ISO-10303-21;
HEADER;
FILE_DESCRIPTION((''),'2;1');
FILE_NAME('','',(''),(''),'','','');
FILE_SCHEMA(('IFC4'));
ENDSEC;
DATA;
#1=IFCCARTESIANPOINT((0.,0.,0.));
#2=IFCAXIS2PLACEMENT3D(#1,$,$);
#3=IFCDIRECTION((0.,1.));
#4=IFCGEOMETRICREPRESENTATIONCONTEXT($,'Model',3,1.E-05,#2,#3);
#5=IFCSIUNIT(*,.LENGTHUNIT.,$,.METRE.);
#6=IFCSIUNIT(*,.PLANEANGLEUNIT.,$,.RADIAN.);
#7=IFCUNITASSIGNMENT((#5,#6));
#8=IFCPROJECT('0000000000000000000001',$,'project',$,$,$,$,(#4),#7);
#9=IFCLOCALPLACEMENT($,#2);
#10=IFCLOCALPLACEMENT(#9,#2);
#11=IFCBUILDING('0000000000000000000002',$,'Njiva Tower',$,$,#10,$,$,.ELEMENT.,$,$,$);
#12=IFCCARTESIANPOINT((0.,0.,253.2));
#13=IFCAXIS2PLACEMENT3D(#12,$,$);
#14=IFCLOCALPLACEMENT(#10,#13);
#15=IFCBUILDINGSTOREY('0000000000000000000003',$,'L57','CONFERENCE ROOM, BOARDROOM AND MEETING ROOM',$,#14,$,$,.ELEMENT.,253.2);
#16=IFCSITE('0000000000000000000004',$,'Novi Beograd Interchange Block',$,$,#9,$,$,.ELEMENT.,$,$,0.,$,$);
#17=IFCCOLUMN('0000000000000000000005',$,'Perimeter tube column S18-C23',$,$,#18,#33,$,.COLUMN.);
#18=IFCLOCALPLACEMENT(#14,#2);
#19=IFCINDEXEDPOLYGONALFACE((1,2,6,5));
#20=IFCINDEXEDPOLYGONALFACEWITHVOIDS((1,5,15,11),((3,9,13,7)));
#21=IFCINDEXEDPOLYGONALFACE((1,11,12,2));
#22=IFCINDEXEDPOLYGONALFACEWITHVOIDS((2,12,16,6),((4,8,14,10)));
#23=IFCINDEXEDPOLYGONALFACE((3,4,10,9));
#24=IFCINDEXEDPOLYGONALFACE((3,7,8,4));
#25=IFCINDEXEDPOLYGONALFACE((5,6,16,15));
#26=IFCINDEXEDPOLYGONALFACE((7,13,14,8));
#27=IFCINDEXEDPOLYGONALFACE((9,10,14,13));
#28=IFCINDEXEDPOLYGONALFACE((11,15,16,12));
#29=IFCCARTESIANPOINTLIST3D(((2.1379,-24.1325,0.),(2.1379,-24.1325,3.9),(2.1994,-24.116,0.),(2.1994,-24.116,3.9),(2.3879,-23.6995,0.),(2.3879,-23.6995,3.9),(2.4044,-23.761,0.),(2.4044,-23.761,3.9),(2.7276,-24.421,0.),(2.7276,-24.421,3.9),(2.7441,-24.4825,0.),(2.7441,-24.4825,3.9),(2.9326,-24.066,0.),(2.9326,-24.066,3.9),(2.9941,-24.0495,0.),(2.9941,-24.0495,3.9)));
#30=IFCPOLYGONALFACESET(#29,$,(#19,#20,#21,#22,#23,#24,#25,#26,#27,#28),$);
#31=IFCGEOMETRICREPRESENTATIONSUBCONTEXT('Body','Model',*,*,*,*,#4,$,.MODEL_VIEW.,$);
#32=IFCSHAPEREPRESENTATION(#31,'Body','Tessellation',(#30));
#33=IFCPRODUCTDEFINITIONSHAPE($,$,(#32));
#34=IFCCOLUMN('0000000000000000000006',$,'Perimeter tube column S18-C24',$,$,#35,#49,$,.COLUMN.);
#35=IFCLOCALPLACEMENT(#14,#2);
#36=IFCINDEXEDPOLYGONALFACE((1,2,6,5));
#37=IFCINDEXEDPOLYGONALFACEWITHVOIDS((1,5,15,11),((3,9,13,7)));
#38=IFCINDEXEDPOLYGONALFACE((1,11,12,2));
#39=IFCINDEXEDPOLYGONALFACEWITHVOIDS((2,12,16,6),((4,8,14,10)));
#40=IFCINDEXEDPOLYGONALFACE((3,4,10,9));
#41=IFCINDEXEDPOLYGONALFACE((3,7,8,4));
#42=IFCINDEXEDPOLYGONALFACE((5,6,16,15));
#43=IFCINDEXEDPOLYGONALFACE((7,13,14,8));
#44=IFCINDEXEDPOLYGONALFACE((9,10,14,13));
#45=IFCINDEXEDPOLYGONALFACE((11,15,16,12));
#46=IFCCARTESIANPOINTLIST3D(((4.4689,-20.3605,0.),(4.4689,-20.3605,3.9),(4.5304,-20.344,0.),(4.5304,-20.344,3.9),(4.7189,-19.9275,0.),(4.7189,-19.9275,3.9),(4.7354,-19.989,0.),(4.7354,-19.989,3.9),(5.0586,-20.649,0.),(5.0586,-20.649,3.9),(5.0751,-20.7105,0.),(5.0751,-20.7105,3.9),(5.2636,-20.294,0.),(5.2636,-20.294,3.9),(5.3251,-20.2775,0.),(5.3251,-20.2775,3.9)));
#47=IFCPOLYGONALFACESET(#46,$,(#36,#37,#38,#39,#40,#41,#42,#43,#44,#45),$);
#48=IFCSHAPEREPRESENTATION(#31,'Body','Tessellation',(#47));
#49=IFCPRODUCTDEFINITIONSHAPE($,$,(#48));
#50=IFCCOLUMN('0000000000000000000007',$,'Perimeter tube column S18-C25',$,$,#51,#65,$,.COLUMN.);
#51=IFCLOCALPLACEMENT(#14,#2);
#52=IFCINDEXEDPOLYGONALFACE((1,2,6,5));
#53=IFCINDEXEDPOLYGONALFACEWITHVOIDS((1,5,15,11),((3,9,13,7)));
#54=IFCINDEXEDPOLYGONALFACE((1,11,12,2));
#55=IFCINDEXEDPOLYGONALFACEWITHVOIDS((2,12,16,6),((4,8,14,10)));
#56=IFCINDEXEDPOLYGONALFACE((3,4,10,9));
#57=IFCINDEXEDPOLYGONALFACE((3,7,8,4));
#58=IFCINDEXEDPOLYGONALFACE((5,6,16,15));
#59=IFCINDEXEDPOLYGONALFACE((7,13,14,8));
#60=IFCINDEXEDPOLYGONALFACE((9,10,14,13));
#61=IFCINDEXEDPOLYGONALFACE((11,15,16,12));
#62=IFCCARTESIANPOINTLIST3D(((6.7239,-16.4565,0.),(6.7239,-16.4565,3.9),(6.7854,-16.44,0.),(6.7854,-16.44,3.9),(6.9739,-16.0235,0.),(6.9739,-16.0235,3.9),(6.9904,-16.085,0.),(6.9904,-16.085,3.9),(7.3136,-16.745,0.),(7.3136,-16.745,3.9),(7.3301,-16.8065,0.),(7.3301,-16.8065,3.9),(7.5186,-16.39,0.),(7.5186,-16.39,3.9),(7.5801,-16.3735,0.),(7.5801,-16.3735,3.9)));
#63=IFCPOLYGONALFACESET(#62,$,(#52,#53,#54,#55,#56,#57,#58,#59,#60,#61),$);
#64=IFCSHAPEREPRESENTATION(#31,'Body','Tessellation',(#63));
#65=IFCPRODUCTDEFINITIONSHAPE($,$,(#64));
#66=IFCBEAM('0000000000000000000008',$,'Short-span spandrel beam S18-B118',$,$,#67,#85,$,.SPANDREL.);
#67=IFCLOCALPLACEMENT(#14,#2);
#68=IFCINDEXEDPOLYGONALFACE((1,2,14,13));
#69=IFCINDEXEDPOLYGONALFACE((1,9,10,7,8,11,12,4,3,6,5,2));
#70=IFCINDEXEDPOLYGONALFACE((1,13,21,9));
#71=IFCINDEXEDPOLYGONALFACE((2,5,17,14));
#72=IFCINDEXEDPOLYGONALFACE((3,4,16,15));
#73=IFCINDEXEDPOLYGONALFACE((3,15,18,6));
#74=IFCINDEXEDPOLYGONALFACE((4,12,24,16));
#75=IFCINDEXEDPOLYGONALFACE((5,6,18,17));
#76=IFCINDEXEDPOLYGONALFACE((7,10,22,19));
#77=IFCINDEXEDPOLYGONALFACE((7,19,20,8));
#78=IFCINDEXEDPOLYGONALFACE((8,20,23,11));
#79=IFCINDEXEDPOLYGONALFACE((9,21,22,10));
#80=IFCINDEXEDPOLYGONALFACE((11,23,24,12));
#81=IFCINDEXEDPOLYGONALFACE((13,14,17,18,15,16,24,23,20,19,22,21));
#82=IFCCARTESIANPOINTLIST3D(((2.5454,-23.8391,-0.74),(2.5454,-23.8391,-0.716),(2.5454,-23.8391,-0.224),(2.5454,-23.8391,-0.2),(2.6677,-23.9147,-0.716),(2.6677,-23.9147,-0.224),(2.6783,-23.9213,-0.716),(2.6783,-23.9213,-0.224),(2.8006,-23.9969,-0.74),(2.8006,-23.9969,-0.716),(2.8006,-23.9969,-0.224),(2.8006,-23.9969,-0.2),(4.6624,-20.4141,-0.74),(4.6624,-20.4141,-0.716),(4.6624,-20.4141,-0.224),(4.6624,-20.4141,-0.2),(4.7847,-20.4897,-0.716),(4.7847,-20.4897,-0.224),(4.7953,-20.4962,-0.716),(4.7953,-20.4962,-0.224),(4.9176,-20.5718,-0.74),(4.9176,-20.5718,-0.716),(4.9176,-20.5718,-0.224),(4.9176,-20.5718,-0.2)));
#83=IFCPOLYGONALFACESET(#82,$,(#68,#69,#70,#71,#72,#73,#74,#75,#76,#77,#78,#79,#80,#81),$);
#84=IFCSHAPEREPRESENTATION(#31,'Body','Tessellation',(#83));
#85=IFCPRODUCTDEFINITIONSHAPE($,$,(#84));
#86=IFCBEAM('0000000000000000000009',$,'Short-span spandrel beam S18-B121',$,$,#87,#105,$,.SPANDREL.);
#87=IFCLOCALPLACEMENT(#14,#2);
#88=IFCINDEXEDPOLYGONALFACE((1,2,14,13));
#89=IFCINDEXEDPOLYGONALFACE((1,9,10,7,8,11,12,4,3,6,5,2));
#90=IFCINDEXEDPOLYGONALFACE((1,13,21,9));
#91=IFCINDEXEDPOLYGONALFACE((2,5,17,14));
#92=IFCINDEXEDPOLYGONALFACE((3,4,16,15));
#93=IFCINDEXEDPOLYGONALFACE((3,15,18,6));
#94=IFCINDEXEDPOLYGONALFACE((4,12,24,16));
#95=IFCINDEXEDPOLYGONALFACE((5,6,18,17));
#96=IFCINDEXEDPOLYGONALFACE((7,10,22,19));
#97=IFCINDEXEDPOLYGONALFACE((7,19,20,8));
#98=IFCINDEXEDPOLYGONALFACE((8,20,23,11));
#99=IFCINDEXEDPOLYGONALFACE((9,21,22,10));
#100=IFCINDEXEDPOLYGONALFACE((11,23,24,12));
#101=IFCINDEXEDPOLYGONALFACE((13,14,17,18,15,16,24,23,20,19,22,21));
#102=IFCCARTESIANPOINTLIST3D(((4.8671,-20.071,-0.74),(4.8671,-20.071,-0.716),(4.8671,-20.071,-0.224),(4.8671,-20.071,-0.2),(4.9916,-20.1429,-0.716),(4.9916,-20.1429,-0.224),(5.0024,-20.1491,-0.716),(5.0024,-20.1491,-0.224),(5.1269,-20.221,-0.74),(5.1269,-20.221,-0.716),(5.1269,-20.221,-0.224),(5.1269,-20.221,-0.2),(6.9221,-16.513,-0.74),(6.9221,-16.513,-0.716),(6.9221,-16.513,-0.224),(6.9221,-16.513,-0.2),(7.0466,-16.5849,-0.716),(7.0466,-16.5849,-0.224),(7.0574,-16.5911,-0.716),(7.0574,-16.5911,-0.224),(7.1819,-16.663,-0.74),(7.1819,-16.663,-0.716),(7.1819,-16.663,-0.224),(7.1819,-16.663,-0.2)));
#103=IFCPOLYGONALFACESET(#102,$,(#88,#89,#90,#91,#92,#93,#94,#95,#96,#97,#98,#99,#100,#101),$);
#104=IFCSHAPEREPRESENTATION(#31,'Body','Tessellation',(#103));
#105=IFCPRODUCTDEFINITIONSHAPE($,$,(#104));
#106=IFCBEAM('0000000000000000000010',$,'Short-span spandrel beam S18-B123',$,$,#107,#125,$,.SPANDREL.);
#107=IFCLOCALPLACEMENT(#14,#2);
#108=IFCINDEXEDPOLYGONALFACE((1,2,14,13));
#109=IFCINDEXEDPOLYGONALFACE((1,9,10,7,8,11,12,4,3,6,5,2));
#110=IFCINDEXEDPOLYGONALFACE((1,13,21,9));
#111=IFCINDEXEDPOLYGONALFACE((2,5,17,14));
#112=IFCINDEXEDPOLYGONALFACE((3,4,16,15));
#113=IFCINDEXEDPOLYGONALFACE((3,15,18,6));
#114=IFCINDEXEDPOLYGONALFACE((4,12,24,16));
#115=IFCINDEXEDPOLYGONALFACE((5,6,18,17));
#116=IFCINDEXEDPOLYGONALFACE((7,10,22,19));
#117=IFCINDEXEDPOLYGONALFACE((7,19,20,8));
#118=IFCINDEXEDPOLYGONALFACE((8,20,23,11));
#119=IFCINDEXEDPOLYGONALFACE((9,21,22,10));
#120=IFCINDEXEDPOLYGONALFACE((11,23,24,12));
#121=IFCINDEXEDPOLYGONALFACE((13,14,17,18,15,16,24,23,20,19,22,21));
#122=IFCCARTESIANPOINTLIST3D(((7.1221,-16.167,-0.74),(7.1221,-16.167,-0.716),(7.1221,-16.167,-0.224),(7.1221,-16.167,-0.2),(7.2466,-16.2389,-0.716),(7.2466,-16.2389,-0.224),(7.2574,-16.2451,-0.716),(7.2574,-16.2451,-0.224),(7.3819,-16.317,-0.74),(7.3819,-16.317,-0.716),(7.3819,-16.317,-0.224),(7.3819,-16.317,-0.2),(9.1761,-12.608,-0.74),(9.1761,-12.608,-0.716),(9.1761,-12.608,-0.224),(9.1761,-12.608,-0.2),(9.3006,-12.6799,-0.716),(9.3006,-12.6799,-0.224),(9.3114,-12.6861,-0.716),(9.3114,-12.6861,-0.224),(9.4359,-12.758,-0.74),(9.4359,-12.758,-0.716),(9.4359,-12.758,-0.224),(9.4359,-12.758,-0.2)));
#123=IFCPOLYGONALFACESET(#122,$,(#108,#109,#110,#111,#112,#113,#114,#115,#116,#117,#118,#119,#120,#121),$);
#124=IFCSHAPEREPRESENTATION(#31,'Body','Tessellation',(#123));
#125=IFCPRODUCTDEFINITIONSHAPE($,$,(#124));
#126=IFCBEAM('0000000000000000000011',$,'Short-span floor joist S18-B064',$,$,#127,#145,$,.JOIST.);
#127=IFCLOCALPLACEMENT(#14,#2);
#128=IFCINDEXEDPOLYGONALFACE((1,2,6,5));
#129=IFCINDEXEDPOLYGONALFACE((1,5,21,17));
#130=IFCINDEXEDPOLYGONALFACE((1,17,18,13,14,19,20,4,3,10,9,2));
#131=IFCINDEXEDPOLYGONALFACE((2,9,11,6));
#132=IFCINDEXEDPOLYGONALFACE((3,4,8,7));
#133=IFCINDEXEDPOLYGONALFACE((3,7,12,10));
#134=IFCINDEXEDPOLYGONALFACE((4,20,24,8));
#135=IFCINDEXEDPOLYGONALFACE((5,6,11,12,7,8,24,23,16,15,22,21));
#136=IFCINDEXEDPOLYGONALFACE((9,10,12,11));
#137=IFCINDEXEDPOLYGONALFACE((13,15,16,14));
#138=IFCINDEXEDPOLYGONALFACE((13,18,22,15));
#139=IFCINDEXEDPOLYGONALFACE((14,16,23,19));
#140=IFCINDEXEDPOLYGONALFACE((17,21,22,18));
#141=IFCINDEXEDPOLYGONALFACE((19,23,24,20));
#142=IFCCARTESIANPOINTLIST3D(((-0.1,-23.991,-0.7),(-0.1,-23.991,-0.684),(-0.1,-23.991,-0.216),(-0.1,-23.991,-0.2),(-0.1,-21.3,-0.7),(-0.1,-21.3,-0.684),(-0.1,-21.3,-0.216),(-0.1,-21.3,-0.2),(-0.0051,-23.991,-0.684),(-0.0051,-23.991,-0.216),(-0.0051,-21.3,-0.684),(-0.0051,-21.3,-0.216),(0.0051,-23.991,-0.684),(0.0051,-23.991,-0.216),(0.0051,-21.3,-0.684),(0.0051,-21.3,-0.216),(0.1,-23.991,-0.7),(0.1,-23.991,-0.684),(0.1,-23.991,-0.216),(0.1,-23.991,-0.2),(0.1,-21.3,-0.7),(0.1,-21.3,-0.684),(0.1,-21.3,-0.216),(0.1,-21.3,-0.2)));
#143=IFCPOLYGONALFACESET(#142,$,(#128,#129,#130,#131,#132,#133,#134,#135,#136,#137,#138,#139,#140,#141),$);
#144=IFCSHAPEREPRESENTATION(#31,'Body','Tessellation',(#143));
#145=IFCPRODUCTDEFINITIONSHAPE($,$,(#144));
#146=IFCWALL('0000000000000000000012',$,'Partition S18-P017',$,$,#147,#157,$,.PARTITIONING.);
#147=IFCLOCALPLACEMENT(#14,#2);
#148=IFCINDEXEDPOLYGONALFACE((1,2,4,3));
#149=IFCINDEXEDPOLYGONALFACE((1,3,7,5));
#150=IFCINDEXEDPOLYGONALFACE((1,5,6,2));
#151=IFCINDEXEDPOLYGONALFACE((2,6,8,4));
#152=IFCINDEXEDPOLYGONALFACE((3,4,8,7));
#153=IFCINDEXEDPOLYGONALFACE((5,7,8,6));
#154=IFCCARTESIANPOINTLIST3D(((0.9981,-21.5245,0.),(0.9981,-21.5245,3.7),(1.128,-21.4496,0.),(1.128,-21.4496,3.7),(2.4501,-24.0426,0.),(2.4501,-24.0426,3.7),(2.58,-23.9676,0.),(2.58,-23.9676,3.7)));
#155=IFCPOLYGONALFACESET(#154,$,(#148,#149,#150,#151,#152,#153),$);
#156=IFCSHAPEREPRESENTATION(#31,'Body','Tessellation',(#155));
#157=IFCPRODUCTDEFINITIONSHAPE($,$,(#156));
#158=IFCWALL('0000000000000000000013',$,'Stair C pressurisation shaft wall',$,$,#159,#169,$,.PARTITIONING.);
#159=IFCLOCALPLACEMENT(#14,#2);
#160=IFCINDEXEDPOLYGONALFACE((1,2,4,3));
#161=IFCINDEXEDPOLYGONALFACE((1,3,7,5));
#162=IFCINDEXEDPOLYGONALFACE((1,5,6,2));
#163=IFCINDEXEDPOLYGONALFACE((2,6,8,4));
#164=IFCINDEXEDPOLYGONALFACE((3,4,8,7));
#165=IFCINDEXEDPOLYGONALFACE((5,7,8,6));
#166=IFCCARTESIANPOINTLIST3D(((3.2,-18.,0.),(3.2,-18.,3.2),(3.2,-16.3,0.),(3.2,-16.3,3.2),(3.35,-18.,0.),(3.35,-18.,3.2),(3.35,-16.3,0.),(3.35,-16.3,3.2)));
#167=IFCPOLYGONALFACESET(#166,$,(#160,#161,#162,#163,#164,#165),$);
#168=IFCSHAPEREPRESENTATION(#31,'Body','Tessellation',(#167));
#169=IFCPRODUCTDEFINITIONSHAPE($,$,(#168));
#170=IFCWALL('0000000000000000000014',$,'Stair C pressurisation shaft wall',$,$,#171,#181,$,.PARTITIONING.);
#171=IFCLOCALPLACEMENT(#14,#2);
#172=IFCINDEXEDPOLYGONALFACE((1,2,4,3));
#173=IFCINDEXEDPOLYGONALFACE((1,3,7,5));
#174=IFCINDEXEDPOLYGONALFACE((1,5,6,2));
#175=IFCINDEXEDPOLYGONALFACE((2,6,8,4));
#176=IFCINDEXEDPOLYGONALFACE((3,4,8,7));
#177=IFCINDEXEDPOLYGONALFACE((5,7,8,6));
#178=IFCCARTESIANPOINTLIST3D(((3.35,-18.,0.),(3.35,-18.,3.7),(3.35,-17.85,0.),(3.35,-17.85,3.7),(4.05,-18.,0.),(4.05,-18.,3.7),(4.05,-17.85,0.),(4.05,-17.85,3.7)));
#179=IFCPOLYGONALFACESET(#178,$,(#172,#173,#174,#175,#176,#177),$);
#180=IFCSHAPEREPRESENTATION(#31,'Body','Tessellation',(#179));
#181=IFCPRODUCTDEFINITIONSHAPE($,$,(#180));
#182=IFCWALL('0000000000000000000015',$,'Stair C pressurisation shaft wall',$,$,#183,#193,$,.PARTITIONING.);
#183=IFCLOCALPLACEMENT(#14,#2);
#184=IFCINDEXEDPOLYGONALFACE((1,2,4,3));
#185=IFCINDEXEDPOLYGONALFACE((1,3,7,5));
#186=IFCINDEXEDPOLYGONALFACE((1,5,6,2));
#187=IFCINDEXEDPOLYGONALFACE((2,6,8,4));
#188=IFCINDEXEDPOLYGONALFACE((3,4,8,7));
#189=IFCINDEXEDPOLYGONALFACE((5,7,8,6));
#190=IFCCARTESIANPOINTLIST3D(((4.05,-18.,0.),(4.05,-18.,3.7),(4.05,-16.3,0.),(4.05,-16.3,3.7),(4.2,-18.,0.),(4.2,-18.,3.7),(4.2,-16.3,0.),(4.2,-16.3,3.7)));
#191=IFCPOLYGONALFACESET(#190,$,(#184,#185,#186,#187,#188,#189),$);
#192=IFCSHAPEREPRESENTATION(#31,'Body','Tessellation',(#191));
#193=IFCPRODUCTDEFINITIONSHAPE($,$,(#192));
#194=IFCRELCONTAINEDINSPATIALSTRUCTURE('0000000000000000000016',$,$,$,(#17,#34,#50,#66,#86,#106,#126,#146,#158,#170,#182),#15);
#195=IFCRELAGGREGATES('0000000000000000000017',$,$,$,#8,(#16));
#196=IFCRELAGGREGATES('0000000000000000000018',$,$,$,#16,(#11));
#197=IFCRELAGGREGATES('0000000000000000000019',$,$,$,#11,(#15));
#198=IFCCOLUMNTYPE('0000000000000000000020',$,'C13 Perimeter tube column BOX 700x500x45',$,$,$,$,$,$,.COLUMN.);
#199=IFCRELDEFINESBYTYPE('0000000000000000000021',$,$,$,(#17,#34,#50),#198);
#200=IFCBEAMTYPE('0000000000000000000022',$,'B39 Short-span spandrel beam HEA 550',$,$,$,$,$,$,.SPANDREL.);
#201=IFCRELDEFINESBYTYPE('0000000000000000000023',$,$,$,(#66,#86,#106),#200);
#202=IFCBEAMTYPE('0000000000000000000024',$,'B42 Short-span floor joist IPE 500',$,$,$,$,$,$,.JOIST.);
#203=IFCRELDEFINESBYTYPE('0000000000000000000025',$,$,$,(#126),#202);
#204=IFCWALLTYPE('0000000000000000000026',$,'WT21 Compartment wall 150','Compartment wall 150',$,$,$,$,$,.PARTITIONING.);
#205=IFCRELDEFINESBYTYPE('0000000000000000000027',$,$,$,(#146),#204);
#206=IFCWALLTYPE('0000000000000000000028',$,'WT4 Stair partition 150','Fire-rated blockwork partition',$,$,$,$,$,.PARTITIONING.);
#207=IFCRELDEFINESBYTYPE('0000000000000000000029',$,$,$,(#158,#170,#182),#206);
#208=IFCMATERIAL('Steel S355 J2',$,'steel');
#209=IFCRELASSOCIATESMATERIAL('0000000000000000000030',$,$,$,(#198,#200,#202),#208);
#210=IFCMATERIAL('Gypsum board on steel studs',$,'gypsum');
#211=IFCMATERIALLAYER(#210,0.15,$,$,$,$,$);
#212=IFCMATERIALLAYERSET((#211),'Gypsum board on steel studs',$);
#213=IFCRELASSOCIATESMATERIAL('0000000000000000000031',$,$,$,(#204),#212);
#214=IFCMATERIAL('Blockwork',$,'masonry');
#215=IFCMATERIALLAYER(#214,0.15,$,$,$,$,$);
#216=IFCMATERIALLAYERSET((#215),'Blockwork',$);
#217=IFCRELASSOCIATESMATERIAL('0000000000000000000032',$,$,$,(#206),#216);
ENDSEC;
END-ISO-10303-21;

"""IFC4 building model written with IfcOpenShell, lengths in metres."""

from ifc_helpers import new_model, si_unit, direction, frame, frame_2d, origin, origin_2d, place, context, subcontext, project, spatial, rectangle, hollow_rectangle, i_section, extrude, material, layer, layer_set, material_profile, profile_set, type_object, element, save


model = new_model("IFC4")

# Units and contexts
model_context = context("Model", 3, precision=1e-05, world=origin(), true_north=direction((0.0, 1.0)))
body_context = subcontext(model_context, "Body", "Model", "MODEL_VIEW")
ifc_project = project(units=[si_unit("LENGTHUNIT", "METRE"), si_unit("PLANEANGLEUNIT", "RADIAN")], contexts=[model_context])

# Site, building, storey
site_placement = place(None, origin())
site = spatial("IfcSite", under=ifc_project, at=site_placement, Name="Novi Beograd Interchange Block", CompositionType="ELEMENT", RefElevation=0.0)
building_placement = place(site_placement, origin())
building = spatial("IfcBuilding", under=site, at=building_placement, Name="Njiva Tower", CompositionType="ELEMENT")
storey_placement = place(building_placement, frame((0.0, 0.0, 253.2)))
storey = spatial("IfcBuildingStorey", under=building, at=storey_placement, Name="L57", Description="CONFERENCE ROOM, BOARDROOM AND MEETING ROOM", CompositionType="ELEMENT", Elevation=253.2)

# Columns
ifc_material_1 = material(Name="Steel S355 J2", Category="steel")
ifc_material_profile_1 = material_profile(ifc_material_1, hollow_rectangle(XDim=0.5, YDim=0.7, WallThickness=0.045, at=origin_2d()), Name="BOX 700x500x45")
ifc_profile_set_1 = profile_set([ifc_material_profile_1], Name="Steel S355 J2")
column_type = type_object("IfcColumnType", Name="C13 Perimeter tube column BOX 700x500x45", PredefinedType="COLUMN", material=ifc_profile_set_1)
for number, where, z_axis, x_axis, name in (
    (1, (2.566, -24.091, 0.0), (0.0, 0.0, 1.0), (0.5, 0.866025, 0.0), "Perimeter tube column S18-C23"),
    (2, (4.897, -20.319, 0.0), (0.0, 0.0, 1.0), (0.5, 0.866025, 0.0), "Perimeter tube column S18-C24"),
    (3, (7.152, -16.415, 0.0), (0.0, 0.0, 1.0), (0.5, 0.866025, 0.0), "Perimeter tube column S18-C25"),
):
    element("IfcColumn", number, at=place(storey_placement, frame(where, z_axis=z_axis, x_axis=x_axis)), inside=storey, type_object=column_type, Name=name, PredefinedType="COLUMN", context=body_context, shape_type="SweptSolid", body=[
        extrude(hollow_rectangle(XDim=0.5, YDim=0.7, WallThickness=0.045, at=origin_2d()), origin(), (0.0, 0.0, 1.0), 3.9),
    ])

# Beams
ifc_material_profile_2 = material_profile(ifc_material_1, i_section(OverallWidth=0.3, OverallDepth=0.54, WebThickness=0.0125, FlangeThickness=0.024, at=origin_2d()), Name="HEA 550")
ifc_profile_set_2 = profile_set([ifc_material_profile_2], Name="Steel S355 J2")
beam_type_1 = type_object("IfcBeamType", Name="B39 Short-span spandrel beam HEA 550", PredefinedType="SPANDREL", material=ifc_profile_set_2)
beam_1_placement = place(storey_placement, frame((2.673, -23.918, -0.47), z_axis=(0.525773, 0.850625, 0.0), x_axis=(-0.850625, 0.525773, 0.0)))
element("IfcBeam", 4, at=beam_1_placement, inside=storey, type_object=beam_type_1, Name="Short-span spandrel beam S18-B118", PredefinedType="SPANDREL", context=body_context, shape_type="SweptSolid", body=[
    extrude(i_section(OverallWidth=0.3, OverallDepth=0.54, WebThickness=0.0125, FlangeThickness=0.024, at=origin_2d()), origin(), (0.0, 0.0, 1.0), 4.0265),
])
beam_2_placement = place(storey_placement, frame((4.997, -20.146, -0.47), z_axis=(0.500144, 0.865942, 0.0), x_axis=(-0.865942, 0.500144, 0.0)))
element("IfcBeam", 5, at=beam_2_placement, inside=storey, type_object=beam_type_1, Name="Short-span spandrel beam S18-B121", PredefinedType="SPANDREL", context=body_context, shape_type="SweptSolid", body=[
    extrude(i_section(OverallWidth=0.3, OverallDepth=0.54, WebThickness=0.0125, FlangeThickness=0.024, at=origin_2d()), origin(), (0.0, 0.0, 1.0), 4.1088),
])
beam_3_placement = place(storey_placement, frame((7.252, -16.242, -0.47), z_axis=(0.499856, 0.866109, 0.0), x_axis=(-0.866109, 0.499856, 0.0)))
element("IfcBeam", 6, at=beam_3_placement, inside=storey, type_object=beam_type_1, Name="Short-span spandrel beam S18-B123", PredefinedType="SPANDREL", context=body_context, shape_type="SweptSolid", body=[
    extrude(i_section(OverallWidth=0.3, OverallDepth=0.54, WebThickness=0.0125, FlangeThickness=0.024, at=origin_2d()), origin(), (0.0, 0.0, 1.0), 4.1092),
])
ifc_material_profile_3 = material_profile(ifc_material_1, i_section(OverallWidth=0.2, OverallDepth=0.5, WebThickness=0.0102, FlangeThickness=0.016, at=origin_2d()), Name="IPE 500")
ifc_profile_set_3 = profile_set([ifc_material_profile_3], Name="Steel S355 J2")
beam_type_2 = type_object("IfcBeamType", Name="B42 Short-span floor joist IPE 500", PredefinedType="JOIST", material=ifc_profile_set_3)
beam_4_placement = place(storey_placement, frame((0.0, -21.3, -0.45), z_axis=(0.0, -1.0, 0.0), x_axis=(1.0, 0.0, 0.0)))
element("IfcBeam", 7, at=beam_4_placement, inside=storey, type_object=beam_type_2, Name="Short-span floor joist S18-B064", PredefinedType="JOIST", context=body_context, shape_type="SweptSolid", body=[
    extrude(i_section(OverallWidth=0.2, OverallDepth=0.5, WebThickness=0.0102, FlangeThickness=0.016, at=origin_2d()), origin(), (0.0, 0.0, 1.0), 2.691),
])

# Walls
ifc_material_2 = material(Name="Gypsum board on steel studs", Category="gypsum")
ifc_layer_1 = layer(ifc_material_2, 0.15)
ifc_layer_set_1 = layer_set([ifc_layer_1], Name="Gypsum board on steel studs")
wall_type_1 = type_object("IfcWallType", Name="WT21 Compartment wall 150", Description="Compartment wall 150", PredefinedType="PARTITIONING", material=ifc_layer_set_1)
wall_1_placement = place(storey_placement, frame((1.063, -21.487, 0.0), z_axis=(0.0, 0.0, 1.0), x_axis=(0.499544, -0.866289, 0.0)))
element("IfcWall", 8, at=wall_1_placement, inside=storey, type_object=wall_type_1, Name="Partition S18-P017", PredefinedType="PARTITIONING", context=body_context, shape_type="SweptSolid", body=[
    extrude(rectangle(XDim=2.9067, YDim=0.15, at=frame_2d((1.4534, 0.0))), origin(), (0.0, 0.0, 1.0), 3.7),
])
ifc_material_3 = material(Name="Blockwork", Category="masonry")
ifc_layer_2 = layer(ifc_material_3, 0.15)
ifc_layer_set_2 = layer_set([ifc_layer_2], Name="Blockwork")
wall_type_2 = type_object("IfcWallType", Name="WT4 Stair partition 150", Description="Fire-rated blockwork partition", PredefinedType="PARTITIONING", material=ifc_layer_set_2)
wall_2_placement = place(storey_placement, frame((3.275, -18.0, 0.0), z_axis=(0.0, 0.0, 1.0), x_axis=(0.0, 1.0, 0.0)))
element("IfcWall", 9, at=wall_2_placement, inside=storey, type_object=wall_type_2, Name="Stair C pressurisation shaft wall", PredefinedType="PARTITIONING", context=body_context, shape_type="SweptSolid", body=[
    extrude(rectangle(XDim=1.7, YDim=0.15, at=frame_2d((0.85, 0.0))), origin(), (0.0, 0.0, 1.0), 3.2),
])
wall_3_placement = place(storey_placement, frame((3.35, -17.925, 0.0), z_axis=(0.0, 0.0, 1.0), x_axis=(1.0, 0.0, 0.0)))
element("IfcWall", 10, at=wall_3_placement, inside=storey, type_object=wall_type_2, Name="Stair C pressurisation shaft wall", PredefinedType="PARTITIONING", context=body_context, shape_type="SweptSolid", body=[
    extrude(rectangle(XDim=0.7, YDim=0.15, at=frame_2d((0.35, 0.0))), origin(), (0.0, 0.0, 1.0), 3.7),
])
wall_4_placement = place(storey_placement, frame((4.125, -18.0, 0.0), z_axis=(0.0, 0.0, 1.0), x_axis=(0.0, 1.0, 0.0)))
element("IfcWall", 11, at=wall_4_placement, inside=storey, type_object=wall_type_2, Name="Stair C pressurisation shaft wall", PredefinedType="PARTITIONING", context=body_context, shape_type="SweptSolid", body=[
    extrude(rectangle(XDim=1.7, YDim=0.15, at=frame_2d((0.85, 0.0))), origin(), (0.0, 0.0, 1.0), 3.7),
])

save(model, "model.ifc")
